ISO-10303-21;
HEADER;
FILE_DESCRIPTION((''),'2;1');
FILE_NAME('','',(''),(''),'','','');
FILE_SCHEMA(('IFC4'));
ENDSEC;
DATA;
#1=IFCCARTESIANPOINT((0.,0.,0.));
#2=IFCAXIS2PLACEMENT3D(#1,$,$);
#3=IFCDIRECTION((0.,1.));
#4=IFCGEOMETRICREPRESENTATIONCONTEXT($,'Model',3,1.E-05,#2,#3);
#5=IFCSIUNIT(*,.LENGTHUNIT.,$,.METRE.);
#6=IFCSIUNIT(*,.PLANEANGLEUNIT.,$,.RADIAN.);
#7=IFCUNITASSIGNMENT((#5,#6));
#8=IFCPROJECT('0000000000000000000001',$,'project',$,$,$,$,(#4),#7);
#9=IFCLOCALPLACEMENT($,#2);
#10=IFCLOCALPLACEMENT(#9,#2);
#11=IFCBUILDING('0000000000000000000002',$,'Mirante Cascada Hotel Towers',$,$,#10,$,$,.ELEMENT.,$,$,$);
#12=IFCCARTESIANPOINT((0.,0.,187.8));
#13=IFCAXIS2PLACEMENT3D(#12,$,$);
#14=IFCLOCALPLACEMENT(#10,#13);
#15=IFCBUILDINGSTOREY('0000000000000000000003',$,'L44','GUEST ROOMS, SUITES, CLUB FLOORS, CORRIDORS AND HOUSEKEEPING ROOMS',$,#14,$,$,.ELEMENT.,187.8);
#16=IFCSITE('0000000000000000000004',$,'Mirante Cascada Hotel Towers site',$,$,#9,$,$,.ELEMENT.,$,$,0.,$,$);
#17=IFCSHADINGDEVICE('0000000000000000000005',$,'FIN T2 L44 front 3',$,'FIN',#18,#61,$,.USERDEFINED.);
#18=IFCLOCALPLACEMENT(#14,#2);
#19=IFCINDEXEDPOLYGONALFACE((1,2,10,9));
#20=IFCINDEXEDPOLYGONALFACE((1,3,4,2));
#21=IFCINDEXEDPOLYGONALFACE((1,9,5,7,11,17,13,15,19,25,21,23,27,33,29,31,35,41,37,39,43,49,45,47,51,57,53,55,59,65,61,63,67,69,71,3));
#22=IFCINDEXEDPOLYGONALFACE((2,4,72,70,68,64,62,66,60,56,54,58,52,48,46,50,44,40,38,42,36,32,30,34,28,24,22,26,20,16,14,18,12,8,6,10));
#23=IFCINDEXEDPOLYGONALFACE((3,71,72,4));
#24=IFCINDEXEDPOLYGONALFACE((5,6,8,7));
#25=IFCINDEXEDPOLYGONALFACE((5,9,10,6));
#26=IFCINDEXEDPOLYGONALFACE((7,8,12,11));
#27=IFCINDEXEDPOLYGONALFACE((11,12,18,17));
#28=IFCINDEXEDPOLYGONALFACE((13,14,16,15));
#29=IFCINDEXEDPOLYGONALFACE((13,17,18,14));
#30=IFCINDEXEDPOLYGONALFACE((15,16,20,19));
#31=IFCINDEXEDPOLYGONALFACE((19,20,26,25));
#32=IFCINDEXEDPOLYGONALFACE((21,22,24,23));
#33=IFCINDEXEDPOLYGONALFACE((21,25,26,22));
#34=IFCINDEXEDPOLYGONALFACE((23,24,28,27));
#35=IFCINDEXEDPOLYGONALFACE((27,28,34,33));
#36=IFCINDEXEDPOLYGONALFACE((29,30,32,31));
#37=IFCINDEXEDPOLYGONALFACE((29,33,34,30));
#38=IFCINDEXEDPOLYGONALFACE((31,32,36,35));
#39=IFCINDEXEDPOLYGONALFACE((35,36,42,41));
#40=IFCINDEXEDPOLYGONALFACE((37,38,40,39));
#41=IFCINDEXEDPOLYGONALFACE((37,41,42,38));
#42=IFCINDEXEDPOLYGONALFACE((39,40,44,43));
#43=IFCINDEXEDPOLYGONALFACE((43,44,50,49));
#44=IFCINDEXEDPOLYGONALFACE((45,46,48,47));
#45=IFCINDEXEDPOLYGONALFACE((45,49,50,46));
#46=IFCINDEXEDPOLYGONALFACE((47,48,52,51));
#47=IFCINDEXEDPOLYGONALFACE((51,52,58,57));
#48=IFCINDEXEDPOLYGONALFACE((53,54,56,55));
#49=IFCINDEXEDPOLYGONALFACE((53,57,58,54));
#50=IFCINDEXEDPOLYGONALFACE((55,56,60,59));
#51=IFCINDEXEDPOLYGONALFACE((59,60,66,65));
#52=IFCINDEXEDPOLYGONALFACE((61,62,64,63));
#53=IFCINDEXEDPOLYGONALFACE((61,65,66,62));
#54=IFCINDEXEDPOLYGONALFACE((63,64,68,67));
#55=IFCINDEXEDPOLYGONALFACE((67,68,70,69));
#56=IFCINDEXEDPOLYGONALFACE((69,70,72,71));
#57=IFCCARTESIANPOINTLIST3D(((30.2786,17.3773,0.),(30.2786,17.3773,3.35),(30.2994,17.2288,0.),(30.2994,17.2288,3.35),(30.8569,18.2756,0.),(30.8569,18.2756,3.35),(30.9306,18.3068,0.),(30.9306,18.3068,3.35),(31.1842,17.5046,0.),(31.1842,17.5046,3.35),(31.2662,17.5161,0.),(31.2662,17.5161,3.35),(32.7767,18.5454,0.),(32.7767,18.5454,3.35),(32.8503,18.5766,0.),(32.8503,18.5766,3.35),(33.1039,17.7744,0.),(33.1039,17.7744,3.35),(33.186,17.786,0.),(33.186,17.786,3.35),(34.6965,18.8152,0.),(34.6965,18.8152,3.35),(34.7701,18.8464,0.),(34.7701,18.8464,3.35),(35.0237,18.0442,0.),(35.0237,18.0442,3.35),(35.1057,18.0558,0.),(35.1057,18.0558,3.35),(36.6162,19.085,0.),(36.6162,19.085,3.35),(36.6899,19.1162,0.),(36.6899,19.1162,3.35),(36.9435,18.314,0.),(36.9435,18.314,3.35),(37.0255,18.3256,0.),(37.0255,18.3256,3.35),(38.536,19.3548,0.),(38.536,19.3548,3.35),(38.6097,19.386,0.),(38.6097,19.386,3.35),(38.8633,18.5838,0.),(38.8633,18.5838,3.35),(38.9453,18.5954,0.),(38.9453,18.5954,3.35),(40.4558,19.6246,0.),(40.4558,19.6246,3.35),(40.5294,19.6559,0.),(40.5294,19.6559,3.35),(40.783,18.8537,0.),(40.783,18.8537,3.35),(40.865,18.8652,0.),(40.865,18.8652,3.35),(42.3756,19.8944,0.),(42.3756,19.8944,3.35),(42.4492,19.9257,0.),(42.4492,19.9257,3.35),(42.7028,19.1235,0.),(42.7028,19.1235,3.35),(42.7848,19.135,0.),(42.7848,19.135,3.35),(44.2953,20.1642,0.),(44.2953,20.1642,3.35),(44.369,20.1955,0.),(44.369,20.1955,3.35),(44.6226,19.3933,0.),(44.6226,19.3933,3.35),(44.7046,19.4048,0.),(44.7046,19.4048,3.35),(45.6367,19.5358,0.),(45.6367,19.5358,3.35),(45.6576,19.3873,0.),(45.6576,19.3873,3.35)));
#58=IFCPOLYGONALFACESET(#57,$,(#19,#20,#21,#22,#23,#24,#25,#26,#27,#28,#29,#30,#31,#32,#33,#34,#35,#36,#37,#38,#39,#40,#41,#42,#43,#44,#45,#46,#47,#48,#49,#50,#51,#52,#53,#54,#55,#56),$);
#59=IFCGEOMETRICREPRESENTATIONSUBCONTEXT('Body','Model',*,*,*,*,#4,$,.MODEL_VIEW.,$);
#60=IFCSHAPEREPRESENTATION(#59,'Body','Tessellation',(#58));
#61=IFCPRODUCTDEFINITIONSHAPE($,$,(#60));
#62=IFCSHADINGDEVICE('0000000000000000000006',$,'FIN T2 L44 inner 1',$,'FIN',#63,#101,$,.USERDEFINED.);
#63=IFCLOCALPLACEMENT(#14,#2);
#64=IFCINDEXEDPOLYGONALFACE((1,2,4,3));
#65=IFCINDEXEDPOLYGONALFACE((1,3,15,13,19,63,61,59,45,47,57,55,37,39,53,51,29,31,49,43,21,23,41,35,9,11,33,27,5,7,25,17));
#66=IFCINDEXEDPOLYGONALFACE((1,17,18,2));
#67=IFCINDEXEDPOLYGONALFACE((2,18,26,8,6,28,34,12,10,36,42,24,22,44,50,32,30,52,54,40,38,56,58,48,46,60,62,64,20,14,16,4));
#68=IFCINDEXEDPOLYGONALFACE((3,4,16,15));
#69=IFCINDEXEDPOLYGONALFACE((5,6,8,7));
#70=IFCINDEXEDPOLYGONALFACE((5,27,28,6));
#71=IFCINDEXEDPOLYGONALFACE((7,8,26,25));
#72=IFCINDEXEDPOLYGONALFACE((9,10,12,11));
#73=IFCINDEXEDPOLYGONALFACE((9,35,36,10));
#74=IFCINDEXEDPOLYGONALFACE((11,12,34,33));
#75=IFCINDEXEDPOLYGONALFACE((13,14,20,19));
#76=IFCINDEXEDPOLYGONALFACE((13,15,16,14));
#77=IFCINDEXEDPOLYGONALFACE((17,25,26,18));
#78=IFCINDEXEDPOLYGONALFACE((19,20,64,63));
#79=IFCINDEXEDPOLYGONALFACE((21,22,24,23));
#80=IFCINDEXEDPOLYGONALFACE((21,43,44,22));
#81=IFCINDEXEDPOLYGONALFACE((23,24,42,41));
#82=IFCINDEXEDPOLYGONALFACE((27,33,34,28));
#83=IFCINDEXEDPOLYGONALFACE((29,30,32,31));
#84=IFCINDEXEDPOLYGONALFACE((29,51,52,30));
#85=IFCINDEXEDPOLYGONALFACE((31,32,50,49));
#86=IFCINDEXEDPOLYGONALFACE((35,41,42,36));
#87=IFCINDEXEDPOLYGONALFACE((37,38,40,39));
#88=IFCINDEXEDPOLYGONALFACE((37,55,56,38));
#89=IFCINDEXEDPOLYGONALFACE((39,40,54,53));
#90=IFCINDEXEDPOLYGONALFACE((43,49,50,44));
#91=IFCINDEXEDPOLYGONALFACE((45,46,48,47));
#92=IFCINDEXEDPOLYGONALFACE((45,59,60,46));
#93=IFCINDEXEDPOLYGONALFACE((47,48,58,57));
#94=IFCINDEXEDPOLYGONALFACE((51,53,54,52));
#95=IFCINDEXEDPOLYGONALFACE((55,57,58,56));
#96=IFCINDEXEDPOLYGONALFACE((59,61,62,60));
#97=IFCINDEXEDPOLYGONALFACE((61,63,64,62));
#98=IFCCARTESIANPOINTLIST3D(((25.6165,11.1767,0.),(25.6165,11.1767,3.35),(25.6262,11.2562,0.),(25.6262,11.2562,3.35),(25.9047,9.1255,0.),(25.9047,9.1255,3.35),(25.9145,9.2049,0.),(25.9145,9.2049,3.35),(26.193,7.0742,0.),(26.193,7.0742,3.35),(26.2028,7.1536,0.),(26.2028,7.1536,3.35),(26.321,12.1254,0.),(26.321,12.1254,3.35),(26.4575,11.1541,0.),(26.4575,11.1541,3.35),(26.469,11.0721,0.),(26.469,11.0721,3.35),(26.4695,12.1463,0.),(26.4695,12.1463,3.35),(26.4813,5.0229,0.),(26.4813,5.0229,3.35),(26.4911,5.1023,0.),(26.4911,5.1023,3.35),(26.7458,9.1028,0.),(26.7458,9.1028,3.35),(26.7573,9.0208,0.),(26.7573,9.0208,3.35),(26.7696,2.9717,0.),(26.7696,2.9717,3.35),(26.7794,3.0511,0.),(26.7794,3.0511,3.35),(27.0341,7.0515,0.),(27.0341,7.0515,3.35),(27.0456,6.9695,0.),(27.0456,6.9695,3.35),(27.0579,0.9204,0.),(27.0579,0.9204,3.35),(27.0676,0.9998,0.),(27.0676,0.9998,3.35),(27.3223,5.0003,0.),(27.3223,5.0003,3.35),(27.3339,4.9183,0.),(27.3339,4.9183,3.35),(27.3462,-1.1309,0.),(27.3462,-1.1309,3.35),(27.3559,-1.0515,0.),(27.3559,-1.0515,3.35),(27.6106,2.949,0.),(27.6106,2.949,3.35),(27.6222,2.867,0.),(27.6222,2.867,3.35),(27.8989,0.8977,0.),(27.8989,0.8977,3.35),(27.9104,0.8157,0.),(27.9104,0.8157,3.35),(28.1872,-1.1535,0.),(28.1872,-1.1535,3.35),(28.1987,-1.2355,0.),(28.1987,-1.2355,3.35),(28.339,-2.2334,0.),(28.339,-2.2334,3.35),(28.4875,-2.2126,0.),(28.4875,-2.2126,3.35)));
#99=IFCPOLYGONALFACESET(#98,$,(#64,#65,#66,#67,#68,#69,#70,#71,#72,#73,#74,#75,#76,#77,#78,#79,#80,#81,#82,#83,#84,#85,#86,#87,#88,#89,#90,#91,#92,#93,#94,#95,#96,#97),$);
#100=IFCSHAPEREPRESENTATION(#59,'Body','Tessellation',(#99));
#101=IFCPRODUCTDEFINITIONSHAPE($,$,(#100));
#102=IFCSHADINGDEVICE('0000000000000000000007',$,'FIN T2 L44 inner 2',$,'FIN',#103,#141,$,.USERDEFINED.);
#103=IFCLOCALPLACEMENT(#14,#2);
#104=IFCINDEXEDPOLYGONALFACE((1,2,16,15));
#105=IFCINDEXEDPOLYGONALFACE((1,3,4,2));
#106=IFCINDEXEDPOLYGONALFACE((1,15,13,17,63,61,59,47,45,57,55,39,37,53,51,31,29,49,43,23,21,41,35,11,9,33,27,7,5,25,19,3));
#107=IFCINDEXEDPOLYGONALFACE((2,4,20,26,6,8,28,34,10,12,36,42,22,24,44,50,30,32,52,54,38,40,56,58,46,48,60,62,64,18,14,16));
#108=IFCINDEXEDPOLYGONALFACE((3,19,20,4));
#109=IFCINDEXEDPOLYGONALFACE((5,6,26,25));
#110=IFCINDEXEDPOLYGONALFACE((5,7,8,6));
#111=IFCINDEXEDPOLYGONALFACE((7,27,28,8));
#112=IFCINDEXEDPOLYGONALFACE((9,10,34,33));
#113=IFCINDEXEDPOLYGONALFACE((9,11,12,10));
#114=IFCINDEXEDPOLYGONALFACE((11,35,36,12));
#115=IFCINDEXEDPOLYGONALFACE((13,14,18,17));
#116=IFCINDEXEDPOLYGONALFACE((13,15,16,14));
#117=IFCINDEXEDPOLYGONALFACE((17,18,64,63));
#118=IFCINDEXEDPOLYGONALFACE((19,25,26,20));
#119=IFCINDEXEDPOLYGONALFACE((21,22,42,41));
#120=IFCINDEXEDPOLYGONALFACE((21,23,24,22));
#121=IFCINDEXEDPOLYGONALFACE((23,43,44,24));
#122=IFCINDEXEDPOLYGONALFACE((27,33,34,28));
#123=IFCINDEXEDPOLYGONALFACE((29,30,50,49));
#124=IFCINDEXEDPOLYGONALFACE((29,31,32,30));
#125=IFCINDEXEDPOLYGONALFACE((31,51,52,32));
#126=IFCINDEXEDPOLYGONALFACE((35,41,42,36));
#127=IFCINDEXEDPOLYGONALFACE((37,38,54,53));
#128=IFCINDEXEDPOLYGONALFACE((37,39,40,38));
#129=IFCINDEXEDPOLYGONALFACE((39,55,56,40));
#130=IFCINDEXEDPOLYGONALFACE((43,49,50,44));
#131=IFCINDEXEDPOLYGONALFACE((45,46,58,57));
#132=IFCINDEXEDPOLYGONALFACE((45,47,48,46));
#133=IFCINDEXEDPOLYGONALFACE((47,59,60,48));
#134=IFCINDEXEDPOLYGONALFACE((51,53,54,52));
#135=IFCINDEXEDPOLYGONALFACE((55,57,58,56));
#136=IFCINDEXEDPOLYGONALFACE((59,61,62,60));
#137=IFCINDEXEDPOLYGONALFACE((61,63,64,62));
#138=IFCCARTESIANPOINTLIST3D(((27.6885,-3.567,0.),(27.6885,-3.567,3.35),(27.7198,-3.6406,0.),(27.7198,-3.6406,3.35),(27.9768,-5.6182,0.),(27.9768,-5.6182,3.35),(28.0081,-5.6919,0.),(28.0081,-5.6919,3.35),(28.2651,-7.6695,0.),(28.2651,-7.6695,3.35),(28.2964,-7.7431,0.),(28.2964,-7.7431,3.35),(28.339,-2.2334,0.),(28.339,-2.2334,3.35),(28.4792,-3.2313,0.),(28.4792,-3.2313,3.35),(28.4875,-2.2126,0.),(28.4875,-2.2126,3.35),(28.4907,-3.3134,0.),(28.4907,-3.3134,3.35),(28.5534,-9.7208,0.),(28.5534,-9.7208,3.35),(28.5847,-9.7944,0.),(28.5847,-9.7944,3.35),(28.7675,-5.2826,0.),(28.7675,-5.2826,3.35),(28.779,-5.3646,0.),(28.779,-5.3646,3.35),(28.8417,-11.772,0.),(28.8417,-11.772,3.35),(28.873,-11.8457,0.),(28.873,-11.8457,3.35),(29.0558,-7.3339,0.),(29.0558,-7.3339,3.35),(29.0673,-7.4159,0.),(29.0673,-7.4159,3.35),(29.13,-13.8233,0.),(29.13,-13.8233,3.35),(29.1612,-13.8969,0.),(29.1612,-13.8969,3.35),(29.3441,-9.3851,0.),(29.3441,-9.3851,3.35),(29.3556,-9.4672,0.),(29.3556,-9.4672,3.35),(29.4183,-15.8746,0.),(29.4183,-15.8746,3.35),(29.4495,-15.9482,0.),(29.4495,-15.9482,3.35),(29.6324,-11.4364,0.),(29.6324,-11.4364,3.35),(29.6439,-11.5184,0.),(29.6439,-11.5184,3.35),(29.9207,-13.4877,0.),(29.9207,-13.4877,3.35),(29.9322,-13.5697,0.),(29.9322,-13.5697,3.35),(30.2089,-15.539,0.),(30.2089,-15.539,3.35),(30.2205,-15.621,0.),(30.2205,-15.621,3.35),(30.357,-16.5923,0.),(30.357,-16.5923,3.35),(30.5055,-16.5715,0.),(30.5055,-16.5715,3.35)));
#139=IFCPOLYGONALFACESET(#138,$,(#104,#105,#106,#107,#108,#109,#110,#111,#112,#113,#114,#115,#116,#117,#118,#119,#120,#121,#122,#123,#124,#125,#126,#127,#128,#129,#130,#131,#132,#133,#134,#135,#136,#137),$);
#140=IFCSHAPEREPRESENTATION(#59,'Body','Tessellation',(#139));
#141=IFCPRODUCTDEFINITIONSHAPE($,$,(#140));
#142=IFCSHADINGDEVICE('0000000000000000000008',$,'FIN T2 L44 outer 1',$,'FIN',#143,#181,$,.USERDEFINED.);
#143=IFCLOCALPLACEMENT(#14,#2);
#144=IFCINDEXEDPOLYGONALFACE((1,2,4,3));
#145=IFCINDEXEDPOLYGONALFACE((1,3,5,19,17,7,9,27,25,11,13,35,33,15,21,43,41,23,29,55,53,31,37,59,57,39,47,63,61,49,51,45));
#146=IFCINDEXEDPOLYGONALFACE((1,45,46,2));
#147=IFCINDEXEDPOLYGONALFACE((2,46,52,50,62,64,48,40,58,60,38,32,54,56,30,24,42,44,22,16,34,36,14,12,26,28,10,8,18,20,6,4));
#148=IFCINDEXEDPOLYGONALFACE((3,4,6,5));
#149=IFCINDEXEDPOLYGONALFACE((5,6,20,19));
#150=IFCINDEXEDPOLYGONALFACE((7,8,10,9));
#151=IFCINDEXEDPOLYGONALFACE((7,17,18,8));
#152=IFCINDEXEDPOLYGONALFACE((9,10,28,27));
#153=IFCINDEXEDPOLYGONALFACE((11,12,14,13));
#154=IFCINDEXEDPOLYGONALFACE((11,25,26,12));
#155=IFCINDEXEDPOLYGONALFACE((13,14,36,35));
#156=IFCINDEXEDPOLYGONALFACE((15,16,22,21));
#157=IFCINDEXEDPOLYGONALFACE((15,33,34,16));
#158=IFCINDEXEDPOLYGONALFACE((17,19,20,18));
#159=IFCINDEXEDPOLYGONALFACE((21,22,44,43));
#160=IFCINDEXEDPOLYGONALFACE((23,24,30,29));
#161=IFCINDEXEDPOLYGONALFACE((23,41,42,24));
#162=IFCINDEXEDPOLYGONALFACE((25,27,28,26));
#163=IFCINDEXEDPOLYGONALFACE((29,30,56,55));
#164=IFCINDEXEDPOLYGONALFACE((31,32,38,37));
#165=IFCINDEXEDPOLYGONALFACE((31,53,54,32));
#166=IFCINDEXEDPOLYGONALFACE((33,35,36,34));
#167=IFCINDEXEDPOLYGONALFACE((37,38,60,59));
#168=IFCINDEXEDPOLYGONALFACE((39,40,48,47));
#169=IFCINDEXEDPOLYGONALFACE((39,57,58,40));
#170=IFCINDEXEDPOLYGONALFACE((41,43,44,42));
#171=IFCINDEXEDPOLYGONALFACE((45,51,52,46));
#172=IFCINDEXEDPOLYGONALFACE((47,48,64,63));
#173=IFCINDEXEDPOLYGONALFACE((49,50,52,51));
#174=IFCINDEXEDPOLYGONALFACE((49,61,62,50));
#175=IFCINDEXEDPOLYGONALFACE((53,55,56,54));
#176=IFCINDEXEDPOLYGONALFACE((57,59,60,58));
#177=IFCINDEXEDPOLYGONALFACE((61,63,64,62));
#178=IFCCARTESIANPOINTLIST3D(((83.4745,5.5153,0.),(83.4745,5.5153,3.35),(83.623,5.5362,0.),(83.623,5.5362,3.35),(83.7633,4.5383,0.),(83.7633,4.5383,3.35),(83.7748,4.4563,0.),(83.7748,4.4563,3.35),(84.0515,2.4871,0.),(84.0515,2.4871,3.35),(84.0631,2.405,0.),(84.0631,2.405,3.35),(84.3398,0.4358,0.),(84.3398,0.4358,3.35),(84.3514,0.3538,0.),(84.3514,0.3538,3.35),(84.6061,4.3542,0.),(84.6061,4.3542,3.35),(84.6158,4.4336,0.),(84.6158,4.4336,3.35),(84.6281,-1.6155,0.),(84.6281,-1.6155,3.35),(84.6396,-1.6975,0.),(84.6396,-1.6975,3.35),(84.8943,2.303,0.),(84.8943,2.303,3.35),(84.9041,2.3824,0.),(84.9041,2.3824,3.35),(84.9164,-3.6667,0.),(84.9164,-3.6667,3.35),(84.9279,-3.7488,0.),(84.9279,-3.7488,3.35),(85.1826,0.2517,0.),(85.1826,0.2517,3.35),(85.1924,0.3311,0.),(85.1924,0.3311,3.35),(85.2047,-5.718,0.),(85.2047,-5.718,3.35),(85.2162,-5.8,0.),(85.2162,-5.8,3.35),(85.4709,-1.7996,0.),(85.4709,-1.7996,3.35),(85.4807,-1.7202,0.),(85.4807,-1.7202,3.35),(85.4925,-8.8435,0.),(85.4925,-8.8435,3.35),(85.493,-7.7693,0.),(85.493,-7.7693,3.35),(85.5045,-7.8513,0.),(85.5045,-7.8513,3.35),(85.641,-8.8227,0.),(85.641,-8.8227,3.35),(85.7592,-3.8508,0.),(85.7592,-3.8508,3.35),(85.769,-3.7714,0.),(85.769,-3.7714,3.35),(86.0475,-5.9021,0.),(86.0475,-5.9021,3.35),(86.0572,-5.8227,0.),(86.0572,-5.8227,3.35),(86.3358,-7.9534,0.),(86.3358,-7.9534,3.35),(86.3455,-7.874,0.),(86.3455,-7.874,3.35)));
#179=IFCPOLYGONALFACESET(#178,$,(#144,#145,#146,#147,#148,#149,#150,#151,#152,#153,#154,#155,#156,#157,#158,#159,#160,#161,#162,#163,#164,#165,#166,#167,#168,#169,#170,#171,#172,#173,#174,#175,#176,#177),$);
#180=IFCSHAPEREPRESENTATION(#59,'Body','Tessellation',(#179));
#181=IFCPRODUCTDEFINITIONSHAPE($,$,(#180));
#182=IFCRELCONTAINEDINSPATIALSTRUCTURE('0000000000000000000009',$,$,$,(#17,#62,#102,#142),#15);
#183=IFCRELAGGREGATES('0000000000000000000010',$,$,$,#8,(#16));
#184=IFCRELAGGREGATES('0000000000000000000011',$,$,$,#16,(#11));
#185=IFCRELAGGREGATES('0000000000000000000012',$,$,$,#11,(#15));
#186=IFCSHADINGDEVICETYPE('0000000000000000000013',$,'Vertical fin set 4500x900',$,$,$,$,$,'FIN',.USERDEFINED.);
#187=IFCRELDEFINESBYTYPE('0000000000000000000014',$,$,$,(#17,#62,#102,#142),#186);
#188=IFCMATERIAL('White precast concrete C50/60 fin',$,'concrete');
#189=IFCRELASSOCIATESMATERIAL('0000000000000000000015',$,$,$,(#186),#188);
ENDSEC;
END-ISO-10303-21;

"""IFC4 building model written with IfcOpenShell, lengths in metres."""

from ifc_helpers import new_model, si_unit, direction, frame, origin, place, context, subcontext, project, spatial, polyline, outline, extrude, material, type_object, element, save


model = new_model("IFC4")

# Units and contexts
model_context = context("Model", 3, precision=1e-05, world=origin(), true_north=direction((0.0, 1.0)))
body_context = subcontext(model_context, "Body", "Model", "MODEL_VIEW")
ifc_project = project(units=[si_unit("LENGTHUNIT", "METRE"), si_unit("PLANEANGLEUNIT", "RADIAN")], contexts=[model_context])

# Site, building, storey
site_placement = place(None, origin())
site = spatial("IfcSite", under=ifc_project, at=site_placement, Name="Mirante Cascada Hotel Towers site", CompositionType="ELEMENT", RefElevation=0.0)
building_placement = place(site_placement, origin())
building = spatial("IfcBuilding", under=site, at=building_placement, Name="Mirante Cascada Hotel Towers", CompositionType="ELEMENT")
storey_placement = place(building_placement, frame((0.0, 0.0, 187.8)))
storey = spatial("IfcBuildingStorey", under=building, at=storey_placement, Name="L44", Description="GUEST ROOMS, SUITES, CLUB FLOORS, CORRIDORS AND HOUSEKEEPING ROOMS", CompositionType="ELEMENT", Elevation=187.8)

# Shading devices
ifc_material_1 = material(Name="White precast concrete C50/60 fin", Category="concrete")
shading_device_type = type_object("IfcShadingDeviceType", Name="Vertical fin set 4500x900", ElementType="FIN", PredefinedType="USERDEFINED", material=ifc_material_1)
shading_device_1_placement = place(storey_placement, origin())
element("IfcShadingDevice", 1, at=shading_device_1_placement, inside=storey, type_object=shading_device_type, Name="FIN T2 L44 front 3", ObjectType="FIN", PredefinedType="USERDEFINED", context=body_context, shape_type="SweptSolid", body=[
    extrude(outline(polyline([(30.9306, 18.3068), (31.2662, 17.5161), (33.1039, 17.7744), (32.7767, 18.5454), (32.8503, 18.5766), (33.186, 17.786), (35.0237, 18.0442), (34.6965, 18.8152), (34.7701, 18.8464), (35.1057, 18.0558), (36.9435, 18.314), (36.6162, 19.085), (36.6899, 19.1162), (37.0255, 18.3256), (38.8633, 18.5838), (38.536, 19.3548), (38.6097, 19.386), (38.9453, 18.5954), (40.783, 18.8537), (40.4558, 19.6246), (40.5294, 19.6559), (40.865, 18.8652), (42.7028, 19.1235), (42.3756, 19.8944), (42.4492, 19.9257), (42.7848, 19.135), (44.6226, 19.3933), (44.2953, 20.1642), (44.369, 20.1955), (44.7046, 19.4048), (45.6367, 19.5358), (45.6576, 19.3873), (30.2994, 17.2288), (30.2786, 17.3773), (31.1842, 17.5046), (30.8569, 18.2756), (30.9306, 18.3068)])), origin(), (0.0, 0.0, 1.0), 3.35),
])
shading_device_2_placement = place(storey_placement, origin())
element("IfcShadingDevice", 2, at=shading_device_2_placement, inside=storey, type_object=shading_device_type, Name="FIN T2 L44 inner 1", ObjectType="FIN", PredefinedType="USERDEFINED", context=body_context, shape_type="SweptSolid", body=[
    extrude(outline(polyline([(27.3559, -1.0515), (28.1872, -1.1535), (27.9104, 0.8157), (27.0579, 0.9204), (27.0676, 0.9998), (27.8989, 0.8977), (27.6222, 2.867), (26.7696, 2.9717), (26.7794, 3.0511), (27.6106, 2.949), (27.3339, 4.9183), (26.4813, 5.0229), (26.4911, 5.1023), (27.3223, 5.0003), (27.0456, 6.9695), (26.193, 7.0742), (26.2028, 7.1536), (27.0341, 7.0515), (26.7573, 9.0208), (25.9047, 9.1255), (25.9145, 9.2049), (26.7458, 9.1028), (26.469, 11.0721), (25.6165, 11.1767), (25.6262, 11.2562), (26.4575, 11.1541), (26.321, 12.1254), (26.4695, 12.1463), (28.4875, -2.2126), (28.339, -2.2334), (28.1987, -1.2355), (27.3462, -1.1309), (27.3559, -1.0515)])), origin(), (0.0, 0.0, 1.0), 3.35),
])
shading_device_3_placement = place(storey_placement, origin())
element("IfcShadingDevice", 3, at=shading_device_3_placement, inside=storey, type_object=shading_device_type, Name="FIN T2 L44 inner 2", ObjectType="FIN", PredefinedType="USERDEFINED", context=body_context, shape_type="SweptSolid", body=[
    extrude(outline(polyline([(29.4183, -15.8746), (30.2089, -15.539), (29.9322, -13.5697), (29.1612, -13.8969), (29.13, -13.8233), (29.9207, -13.4877), (29.6439, -11.5184), (28.873, -11.8457), (28.8417, -11.772), (29.6324, -11.4364), (29.3556, -9.4672), (28.5847, -9.7944), (28.5534, -9.7208), (29.3441, -9.3851), (29.0673, -7.4159), (28.2964, -7.7431), (28.2651, -7.6695), (29.0558, -7.3339), (28.779, -5.3646), (28.0081, -5.6919), (27.9768, -5.6182), (28.7675, -5.2826), (28.4907, -3.3134), (27.7198, -3.6406), (27.6885, -3.567), (28.4792, -3.2313), (28.339, -2.2334), (28.4875, -2.2126), (30.5055, -16.5715), (30.357, -16.5923), (30.2205, -15.621), (29.4495, -15.9482), (29.4183, -15.8746)])), origin(), (0.0, 0.0, 1.0), 3.35),
])
shading_device_4_placement = place(storey_placement, origin())
element("IfcShadingDevice", 4, at=shading_device_4_placement, inside=storey, type_object=shading_device_type, Name="FIN T2 L44 outer 1", ObjectType="FIN", PredefinedType="USERDEFINED", context=body_context, shape_type="SweptSolid", body=[
    extrude(outline(polyline([(86.3358, -7.9534), (85.5045, -7.8513), (85.641, -8.8227), (85.4925, -8.8435), (83.4745, 5.5153), (83.623, 5.5362), (83.7633, 4.5383), (84.6158, 4.4336), (84.6061, 4.3542), (83.7748, 4.4563), (84.0515, 2.4871), (84.9041, 2.3824), (84.8943, 2.303), (84.0631, 2.405), (84.3398, 0.4358), (85.1924, 0.3311), (85.1826, 0.2517), (84.3514, 0.3538), (84.6281, -1.6155), (85.4807, -1.7202), (85.4709, -1.7996), (84.6396, -1.6975), (84.9164, -3.6667), (85.769, -3.7714), (85.7592, -3.8508), (84.9279, -3.7488), (85.2047, -5.718), (86.0572, -5.8227), (86.0475, -5.9021), (85.2162, -5.8), (85.493, -7.7693), (86.3455, -7.874), (86.3358, -7.9534)])), origin(), (0.0, 0.0, 1.0), 3.35),
])

save(model, "model.ifc")
